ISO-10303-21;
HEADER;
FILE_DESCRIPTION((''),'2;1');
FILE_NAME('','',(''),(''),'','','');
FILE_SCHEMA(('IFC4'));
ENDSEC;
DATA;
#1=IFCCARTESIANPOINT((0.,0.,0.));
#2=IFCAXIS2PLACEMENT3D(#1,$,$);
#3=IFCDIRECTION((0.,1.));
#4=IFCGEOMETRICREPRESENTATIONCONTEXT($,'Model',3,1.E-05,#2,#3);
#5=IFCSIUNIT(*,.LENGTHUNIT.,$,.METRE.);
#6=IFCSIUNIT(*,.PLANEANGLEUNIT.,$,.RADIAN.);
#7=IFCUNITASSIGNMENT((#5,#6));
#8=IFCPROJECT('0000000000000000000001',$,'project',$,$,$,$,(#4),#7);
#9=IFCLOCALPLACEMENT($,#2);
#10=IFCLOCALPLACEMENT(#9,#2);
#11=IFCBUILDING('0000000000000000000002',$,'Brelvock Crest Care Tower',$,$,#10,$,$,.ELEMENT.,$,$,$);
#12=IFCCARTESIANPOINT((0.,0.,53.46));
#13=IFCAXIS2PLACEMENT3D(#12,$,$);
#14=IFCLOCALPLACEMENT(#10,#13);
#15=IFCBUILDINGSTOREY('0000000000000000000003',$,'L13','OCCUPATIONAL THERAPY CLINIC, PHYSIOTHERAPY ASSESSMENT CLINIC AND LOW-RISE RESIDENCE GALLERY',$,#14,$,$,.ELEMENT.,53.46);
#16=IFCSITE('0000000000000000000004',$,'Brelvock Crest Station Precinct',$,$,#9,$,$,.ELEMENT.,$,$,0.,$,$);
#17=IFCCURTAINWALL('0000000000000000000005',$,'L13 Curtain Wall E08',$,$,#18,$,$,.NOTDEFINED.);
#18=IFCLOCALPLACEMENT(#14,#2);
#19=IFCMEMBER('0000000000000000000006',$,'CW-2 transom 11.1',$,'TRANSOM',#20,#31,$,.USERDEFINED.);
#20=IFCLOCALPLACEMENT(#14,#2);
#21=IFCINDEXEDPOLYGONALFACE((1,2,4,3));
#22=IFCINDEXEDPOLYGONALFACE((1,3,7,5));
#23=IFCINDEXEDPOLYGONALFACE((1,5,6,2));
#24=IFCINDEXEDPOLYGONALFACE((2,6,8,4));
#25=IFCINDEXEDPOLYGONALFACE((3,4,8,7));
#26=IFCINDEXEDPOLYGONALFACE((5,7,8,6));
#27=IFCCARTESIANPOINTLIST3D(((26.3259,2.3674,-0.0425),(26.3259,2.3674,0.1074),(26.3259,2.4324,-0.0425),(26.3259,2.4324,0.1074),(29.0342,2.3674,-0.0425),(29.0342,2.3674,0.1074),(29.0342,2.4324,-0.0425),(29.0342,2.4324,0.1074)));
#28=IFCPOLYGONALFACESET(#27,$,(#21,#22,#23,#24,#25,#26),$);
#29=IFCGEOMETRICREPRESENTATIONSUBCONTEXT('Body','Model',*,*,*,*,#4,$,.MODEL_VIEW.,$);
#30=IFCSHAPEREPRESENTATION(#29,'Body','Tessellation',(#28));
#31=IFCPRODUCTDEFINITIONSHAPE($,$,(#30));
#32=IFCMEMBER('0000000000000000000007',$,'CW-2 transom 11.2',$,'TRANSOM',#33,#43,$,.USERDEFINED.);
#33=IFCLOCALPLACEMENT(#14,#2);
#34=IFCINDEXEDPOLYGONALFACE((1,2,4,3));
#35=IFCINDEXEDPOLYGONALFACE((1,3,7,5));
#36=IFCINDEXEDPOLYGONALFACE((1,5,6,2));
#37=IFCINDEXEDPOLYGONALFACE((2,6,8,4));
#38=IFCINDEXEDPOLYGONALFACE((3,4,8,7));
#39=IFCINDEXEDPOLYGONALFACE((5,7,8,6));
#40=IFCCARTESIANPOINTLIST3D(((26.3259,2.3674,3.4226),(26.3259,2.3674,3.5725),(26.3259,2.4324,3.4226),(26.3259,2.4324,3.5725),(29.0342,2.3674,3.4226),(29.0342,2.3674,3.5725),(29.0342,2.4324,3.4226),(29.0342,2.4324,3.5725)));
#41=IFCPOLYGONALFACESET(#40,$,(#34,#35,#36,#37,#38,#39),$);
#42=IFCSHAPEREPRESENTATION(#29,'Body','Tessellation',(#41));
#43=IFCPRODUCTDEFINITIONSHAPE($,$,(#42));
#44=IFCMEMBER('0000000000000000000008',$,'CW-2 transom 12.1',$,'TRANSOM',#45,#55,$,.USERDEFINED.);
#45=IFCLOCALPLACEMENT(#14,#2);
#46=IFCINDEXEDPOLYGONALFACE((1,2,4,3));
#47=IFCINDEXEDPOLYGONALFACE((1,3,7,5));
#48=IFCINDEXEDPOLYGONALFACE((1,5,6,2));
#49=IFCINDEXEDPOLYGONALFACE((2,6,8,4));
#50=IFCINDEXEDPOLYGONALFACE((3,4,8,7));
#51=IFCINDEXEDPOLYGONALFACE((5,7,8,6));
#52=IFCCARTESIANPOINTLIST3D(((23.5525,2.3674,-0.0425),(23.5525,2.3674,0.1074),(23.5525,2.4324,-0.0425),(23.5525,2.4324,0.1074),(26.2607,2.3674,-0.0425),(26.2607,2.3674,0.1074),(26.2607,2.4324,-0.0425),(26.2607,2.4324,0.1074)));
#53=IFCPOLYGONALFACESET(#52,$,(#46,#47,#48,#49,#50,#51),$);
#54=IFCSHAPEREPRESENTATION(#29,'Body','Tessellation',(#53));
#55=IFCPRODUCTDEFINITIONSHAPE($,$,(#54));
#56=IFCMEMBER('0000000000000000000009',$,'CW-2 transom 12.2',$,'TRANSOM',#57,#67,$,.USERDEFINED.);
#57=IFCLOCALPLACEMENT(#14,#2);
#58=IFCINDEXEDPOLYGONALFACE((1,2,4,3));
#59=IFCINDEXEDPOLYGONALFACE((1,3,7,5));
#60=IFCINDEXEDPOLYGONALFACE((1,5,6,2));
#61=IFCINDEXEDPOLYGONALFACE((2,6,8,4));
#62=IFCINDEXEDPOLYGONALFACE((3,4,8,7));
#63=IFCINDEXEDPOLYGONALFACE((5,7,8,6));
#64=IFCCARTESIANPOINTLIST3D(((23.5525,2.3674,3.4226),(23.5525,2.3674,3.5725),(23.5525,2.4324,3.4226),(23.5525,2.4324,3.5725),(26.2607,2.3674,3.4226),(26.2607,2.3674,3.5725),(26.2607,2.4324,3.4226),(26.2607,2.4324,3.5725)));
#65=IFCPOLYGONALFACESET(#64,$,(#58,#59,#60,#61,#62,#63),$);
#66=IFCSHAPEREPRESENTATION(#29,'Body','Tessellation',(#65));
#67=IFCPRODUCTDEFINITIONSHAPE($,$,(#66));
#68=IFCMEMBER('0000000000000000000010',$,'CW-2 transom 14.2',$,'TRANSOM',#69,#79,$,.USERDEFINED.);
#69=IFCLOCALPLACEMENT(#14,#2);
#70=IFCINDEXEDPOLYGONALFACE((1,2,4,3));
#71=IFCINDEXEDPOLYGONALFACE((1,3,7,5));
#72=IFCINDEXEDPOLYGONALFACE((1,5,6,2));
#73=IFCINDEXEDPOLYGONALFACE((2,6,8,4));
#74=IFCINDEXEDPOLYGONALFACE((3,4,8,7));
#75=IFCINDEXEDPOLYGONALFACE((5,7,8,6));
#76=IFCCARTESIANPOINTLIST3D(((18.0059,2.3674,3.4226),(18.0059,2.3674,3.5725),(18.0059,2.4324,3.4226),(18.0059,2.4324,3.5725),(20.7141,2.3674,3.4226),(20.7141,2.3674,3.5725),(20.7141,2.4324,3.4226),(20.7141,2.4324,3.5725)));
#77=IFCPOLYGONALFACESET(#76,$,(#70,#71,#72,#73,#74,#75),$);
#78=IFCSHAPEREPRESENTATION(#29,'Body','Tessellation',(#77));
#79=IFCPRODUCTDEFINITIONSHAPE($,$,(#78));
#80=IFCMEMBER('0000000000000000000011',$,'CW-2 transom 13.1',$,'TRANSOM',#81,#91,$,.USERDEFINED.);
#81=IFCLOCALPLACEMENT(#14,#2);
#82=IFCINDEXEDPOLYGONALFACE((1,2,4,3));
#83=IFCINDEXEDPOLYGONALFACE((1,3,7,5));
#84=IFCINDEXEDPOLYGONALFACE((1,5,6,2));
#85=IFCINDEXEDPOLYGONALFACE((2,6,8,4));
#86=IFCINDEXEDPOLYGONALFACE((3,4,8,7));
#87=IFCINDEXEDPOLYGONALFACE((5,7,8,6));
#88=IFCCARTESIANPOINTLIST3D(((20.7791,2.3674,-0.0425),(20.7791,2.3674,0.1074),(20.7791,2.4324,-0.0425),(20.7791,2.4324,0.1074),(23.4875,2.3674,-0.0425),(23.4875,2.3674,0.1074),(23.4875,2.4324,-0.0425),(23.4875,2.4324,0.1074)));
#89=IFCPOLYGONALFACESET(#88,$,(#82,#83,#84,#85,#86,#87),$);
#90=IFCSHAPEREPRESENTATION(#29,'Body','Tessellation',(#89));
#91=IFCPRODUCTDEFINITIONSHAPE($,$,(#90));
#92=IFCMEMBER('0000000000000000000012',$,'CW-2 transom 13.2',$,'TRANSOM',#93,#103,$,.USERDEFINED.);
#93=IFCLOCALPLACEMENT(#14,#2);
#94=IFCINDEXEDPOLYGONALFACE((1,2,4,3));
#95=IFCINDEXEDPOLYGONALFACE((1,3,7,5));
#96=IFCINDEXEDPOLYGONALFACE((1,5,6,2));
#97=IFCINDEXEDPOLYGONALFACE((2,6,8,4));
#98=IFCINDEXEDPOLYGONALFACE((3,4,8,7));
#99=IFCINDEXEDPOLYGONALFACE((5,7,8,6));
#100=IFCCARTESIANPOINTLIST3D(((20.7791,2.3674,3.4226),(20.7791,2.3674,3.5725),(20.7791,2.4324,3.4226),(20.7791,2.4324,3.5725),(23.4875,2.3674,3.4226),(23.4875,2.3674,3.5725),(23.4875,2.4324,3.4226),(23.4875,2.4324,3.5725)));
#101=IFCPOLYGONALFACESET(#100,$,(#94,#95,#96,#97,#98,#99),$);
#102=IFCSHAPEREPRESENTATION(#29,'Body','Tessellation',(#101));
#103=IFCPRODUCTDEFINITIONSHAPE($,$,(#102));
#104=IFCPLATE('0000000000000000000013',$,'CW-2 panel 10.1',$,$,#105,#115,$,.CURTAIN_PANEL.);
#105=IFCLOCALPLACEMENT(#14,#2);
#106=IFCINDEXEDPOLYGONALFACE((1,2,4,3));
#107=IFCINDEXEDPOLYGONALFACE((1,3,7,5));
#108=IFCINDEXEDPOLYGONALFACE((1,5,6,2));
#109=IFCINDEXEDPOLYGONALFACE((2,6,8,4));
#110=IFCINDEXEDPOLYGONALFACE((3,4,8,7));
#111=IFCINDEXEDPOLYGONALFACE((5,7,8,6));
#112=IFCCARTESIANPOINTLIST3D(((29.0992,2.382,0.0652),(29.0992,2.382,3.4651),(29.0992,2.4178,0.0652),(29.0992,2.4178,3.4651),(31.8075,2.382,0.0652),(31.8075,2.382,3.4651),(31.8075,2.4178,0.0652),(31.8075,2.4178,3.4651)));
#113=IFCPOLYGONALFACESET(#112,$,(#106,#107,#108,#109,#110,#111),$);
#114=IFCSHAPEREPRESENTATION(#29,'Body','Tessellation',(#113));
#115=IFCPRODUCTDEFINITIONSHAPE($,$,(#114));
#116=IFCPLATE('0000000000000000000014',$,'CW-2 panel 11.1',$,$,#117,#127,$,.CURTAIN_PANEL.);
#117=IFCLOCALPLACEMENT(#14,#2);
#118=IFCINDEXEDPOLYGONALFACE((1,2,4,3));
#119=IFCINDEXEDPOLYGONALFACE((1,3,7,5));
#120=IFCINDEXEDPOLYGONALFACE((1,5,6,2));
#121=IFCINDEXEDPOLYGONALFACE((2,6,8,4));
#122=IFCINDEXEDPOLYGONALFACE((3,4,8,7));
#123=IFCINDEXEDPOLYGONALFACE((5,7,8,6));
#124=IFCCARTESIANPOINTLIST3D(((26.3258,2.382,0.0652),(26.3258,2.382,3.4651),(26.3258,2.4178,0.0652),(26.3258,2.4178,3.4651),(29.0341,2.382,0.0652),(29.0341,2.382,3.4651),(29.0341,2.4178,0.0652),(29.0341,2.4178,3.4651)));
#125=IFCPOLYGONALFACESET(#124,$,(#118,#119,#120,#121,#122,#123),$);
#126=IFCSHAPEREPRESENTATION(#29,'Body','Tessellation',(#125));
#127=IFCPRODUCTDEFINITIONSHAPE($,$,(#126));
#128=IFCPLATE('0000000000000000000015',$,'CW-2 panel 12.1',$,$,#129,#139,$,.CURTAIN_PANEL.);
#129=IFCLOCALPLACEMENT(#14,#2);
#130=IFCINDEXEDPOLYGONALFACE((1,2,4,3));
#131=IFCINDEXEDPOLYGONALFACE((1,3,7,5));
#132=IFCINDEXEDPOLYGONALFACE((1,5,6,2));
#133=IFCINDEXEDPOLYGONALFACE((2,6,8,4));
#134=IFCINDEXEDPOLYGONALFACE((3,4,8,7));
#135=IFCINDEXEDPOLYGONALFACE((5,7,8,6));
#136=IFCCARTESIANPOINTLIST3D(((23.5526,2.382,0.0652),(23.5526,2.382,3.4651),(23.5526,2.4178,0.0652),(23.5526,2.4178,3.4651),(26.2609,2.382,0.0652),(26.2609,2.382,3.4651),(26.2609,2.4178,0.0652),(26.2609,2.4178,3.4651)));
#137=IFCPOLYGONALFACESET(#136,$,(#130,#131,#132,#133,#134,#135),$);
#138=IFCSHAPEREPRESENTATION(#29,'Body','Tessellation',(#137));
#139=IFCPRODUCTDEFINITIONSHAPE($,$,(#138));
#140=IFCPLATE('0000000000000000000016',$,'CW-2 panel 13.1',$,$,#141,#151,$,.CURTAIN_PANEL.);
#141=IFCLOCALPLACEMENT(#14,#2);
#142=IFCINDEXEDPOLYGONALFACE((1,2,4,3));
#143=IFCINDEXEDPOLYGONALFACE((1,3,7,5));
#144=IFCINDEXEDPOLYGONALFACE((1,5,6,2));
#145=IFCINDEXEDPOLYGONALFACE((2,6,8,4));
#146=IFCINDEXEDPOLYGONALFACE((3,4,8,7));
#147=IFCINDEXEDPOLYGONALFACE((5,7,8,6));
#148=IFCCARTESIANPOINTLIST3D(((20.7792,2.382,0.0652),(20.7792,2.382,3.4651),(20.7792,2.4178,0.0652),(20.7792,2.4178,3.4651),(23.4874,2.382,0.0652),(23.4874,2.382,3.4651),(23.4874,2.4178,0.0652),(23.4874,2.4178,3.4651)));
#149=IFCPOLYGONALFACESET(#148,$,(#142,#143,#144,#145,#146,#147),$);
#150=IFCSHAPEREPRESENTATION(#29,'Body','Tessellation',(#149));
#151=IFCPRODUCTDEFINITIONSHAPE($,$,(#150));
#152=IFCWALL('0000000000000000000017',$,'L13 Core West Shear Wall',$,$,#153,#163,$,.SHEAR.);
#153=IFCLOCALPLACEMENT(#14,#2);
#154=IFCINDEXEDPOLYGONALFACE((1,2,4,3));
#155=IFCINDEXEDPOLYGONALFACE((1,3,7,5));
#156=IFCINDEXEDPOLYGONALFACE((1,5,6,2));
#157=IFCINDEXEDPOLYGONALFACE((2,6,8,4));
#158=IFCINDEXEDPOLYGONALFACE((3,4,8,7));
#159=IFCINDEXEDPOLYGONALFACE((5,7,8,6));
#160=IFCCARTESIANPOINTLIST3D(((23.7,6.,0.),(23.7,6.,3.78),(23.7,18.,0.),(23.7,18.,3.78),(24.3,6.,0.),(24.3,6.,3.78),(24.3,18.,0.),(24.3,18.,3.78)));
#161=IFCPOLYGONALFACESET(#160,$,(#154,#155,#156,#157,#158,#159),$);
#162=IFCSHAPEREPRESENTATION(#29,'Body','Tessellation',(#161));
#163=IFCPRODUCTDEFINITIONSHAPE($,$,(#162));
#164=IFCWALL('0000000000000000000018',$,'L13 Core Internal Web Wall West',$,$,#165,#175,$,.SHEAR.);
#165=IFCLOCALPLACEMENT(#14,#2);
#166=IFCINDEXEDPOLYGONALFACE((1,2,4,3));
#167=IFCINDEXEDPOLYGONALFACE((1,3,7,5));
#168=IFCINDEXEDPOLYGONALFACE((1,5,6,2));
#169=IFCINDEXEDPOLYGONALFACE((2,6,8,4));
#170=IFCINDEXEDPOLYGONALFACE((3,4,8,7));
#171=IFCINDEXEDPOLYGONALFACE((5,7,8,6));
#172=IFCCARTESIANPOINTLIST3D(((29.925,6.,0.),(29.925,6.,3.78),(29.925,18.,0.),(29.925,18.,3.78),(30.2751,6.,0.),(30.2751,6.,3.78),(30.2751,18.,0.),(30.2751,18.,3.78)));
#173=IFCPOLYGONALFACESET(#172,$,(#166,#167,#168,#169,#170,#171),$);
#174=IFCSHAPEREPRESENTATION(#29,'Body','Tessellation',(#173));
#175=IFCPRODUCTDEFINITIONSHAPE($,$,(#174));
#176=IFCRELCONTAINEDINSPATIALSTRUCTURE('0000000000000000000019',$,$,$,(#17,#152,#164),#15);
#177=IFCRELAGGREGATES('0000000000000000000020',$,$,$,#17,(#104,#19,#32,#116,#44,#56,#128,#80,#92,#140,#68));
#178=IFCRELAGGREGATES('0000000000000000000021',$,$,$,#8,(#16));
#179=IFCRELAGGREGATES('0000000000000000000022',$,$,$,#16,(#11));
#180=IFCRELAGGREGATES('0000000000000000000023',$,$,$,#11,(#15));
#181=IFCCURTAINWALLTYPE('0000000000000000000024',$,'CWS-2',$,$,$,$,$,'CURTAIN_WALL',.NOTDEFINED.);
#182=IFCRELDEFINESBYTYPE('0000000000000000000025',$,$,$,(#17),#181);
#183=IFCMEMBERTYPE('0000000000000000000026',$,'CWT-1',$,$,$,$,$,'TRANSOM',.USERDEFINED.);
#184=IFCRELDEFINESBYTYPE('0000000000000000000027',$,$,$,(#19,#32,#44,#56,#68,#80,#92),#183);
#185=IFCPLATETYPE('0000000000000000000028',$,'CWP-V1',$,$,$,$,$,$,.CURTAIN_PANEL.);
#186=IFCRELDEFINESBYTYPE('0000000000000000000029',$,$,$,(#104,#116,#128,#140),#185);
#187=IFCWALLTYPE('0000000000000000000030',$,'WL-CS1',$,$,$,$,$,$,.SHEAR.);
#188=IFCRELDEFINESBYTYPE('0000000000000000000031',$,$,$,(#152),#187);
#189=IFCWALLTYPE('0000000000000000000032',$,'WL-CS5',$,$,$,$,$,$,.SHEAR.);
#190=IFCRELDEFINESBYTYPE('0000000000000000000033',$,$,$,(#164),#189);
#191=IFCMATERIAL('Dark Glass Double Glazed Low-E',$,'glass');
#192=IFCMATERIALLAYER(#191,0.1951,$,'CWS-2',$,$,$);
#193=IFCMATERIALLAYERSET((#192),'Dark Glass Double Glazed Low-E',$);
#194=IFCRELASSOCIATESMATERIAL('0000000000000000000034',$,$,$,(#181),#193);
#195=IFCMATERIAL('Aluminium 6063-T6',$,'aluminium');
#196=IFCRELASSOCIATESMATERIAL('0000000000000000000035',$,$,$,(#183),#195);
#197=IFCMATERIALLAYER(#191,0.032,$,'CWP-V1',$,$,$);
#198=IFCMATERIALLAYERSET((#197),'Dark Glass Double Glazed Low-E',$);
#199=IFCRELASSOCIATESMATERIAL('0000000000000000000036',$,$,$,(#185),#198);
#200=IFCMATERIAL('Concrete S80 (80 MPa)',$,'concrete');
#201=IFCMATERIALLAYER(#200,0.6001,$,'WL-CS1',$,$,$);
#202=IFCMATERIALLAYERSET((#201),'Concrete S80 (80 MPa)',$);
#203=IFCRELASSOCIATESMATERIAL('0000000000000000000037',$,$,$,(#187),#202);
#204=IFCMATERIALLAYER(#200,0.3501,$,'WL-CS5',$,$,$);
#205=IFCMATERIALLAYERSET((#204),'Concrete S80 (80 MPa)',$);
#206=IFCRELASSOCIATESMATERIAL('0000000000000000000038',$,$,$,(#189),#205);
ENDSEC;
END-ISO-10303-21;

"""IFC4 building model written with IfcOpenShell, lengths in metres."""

from ifc_helpers import new_model, si_unit, direction, frame, frame_2d, origin, origin_2d, place, context, subcontext, project, spatial, rectangle, extrude, source, transform, mapped, material, layer, layer_set, material_profile, profile_set, type_object, element, aggregate, save


model = new_model("IFC4")

# Units and contexts
model_context = context("Model", 3, precision=1e-05, world=origin(), true_north=direction((0.0, 1.0)))
body_context = subcontext(model_context, "Body", "Model", "MODEL_VIEW")
ifc_project = project(units=[si_unit("LENGTHUNIT", "METRE"), si_unit("PLANEANGLEUNIT", "RADIAN")], contexts=[model_context])

# Site, building, storey
site_placement = place(None, origin())
site = spatial("IfcSite", under=ifc_project, at=site_placement, Name="Brelvock Crest Station Precinct", CompositionType="ELEMENT", RefElevation=0.0)
building_placement = place(site_placement, origin())
building = spatial("IfcBuilding", under=site, at=building_placement, Name="Brelvock Crest Care Tower", CompositionType="ELEMENT")
storey_placement = place(building_placement, frame((0.0, 0.0, 53.46)))
storey = spatial("IfcBuildingStorey", under=building, at=storey_placement, Name="L13", Description="OCCUPATIONAL THERAPY CLINIC, PHYSIOTHERAPY ASSESSMENT CLINIC AND LOW-RISE RESIDENCE GALLERY", CompositionType="ELEMENT", Elevation=53.46)

# Shared definitions
ifc_material_1 = material(Name="Concrete S80 (80 MPa)", Category="concrete")

# Curtain wall, members, plates
ifc_material_2 = material(Name="Dark Glass Double Glazed Low-E", Category="glass")
ifc_layer_1 = layer(ifc_material_2, 0.1951, Name="CWS-2")
ifc_layer_set_1 = layer_set([ifc_layer_1], Name="Dark Glass Double Glazed Low-E")
curtain_wall_type = type_object("IfcCurtainWallType", Name="CWS-2", ElementType="CURTAIN_WALL", PredefinedType="NOTDEFINED", material=ifc_layer_set_1)
curtain_wall_placement = place(storey_placement, origin())
curtain_wall = element("IfcCurtainWall", 1, at=curtain_wall_placement, inside=storey, type_object=curtain_wall_type, Name="L13 Curtain Wall E08", PredefinedType="NOTDEFINED")
ifc_material_3 = material(Name="Aluminium 6063-T6", Category="aluminium")
ifc_material_profile_1 = material_profile(ifc_material_3, rectangle(XDim=0.0649, YDim=0.1499, at=origin_2d()), Name="ALU65x150")
ifc_profile_set_1 = profile_set([ifc_material_profile_1], Name="Aluminium 6063-T6")
member_type_1 = type_object("IfcMemberType", Name="CWT-1", ElementType="TRANSOM", PredefinedType="USERDEFINED", material=ifc_profile_set_1)
shared_shape_1 = source(origin(), body_context, "Body", "SweptSolid", [
    extrude(rectangle(XDim=0.0649, YDim=0.1499, at=origin_2d()), origin(), (0.0, 0.0, 1.0), 2.7083),
])
member_1_placement = place(storey_placement, frame((29.0342, 2.3999, 0.0325), z_axis=(-1.0, 0.0, 0.0), x_axis=(0.0, -1.0, 0.0)))
member_1 = element("IfcMember", 2, at=member_1_placement, type_object=member_type_1, Name="CW-2 transom 11.1", ObjectType="TRANSOM", PredefinedType="USERDEFINED", context=body_context, shape_type="MappedRepresentation", body=[
    mapped(shared_shape_1, transform((0.0, 0.0, 0.0), x_axis=(1.0, 0.0, 0.0), y_axis=(0.0, 1.0, 0.0), z_axis=(0.0, 0.0, 1.0), scale=1.0)),
])
member_2_placement = place(storey_placement, frame((29.0342, 2.3999, 3.4976), z_axis=(-1.0, 0.0, 0.0), x_axis=(0.0, -1.0, 0.0)))
member_2 = element("IfcMember", 3, at=member_2_placement, type_object=member_type_1, Name="CW-2 transom 11.2", ObjectType="TRANSOM", PredefinedType="USERDEFINED", context=body_context, shape_type="MappedRepresentation", body=[
    mapped(shared_shape_1, transform((0.0, 0.0, 0.0), x_axis=(1.0, 0.0, 0.0), y_axis=(0.0, 1.0, 0.0), z_axis=(0.0, 0.0, 1.0), scale=1.0)),
])
member_3_placement = place(storey_placement, frame((26.2607, 2.3999, 0.0325), z_axis=(-1.0, 0.0, 0.0), x_axis=(0.0, -1.0, 0.0)))
member_3 = element("IfcMember", 4, at=member_3_placement, type_object=member_type_1, Name="CW-2 transom 12.1", ObjectType="TRANSOM", PredefinedType="USERDEFINED", context=body_context, shape_type="MappedRepresentation", body=[
    mapped(shared_shape_1, transform((0.0, 0.0, 0.0), x_axis=(1.0, 0.0, 0.0), y_axis=(0.0, 1.0, 0.0), z_axis=(0.0, 0.0, 1.0), scale=1.0)),
])
member_4_placement = place(storey_placement, frame((26.2607, 2.3999, 3.4976), z_axis=(-1.0, 0.0, 0.0), x_axis=(0.0, -1.0, 0.0)))
member_4 = element("IfcMember", 5, at=member_4_placement, type_object=member_type_1, Name="CW-2 transom 12.2", ObjectType="TRANSOM", PredefinedType="USERDEFINED", context=body_context, shape_type="MappedRepresentation", body=[
    mapped(shared_shape_1, transform((0.0, 0.0, 0.0), x_axis=(1.0, 0.0, 0.0), y_axis=(0.0, 1.0, 0.0), z_axis=(0.0, 0.0, 1.0), scale=1.0)),
])
member_5_placement = place(storey_placement, frame((20.7141, 2.3999, 3.4976), z_axis=(-1.0, 0.0, 0.0), x_axis=(0.0, -1.0, 0.0)))
member_5 = element("IfcMember", 6, at=member_5_placement, type_object=member_type_1, Name="CW-2 transom 14.2", ObjectType="TRANSOM", PredefinedType="USERDEFINED", context=body_context, shape_type="MappedRepresentation", body=[
    mapped(shared_shape_1, transform((0.0, 0.0, 0.0), x_axis=(1.0, 0.0, 0.0), y_axis=(0.0, 1.0, 0.0), z_axis=(0.0, 0.0, 1.0), scale=1.0)),
])
shared_shape_2 = source(origin(), body_context, "Body", "SweptSolid", [
    extrude(rectangle(XDim=0.0649, YDim=0.1499, at=origin_2d()), origin(), (0.0, 0.0, 1.0), 2.7085),
])
member_6_placement = place(storey_placement, frame((23.4875, 2.3999, 0.0325), z_axis=(-1.0, 0.0, 0.0), x_axis=(0.0, -1.0, 0.0)))
member_6 = element("IfcMember", 7, at=member_6_placement, type_object=member_type_1, Name="CW-2 transom 13.1", ObjectType="TRANSOM", PredefinedType="USERDEFINED", context=body_context, shape_type="MappedRepresentation", body=[
    mapped(shared_shape_2, transform((0.0, 0.0, 0.0), x_axis=(1.0, 0.0, 0.0), y_axis=(0.0, 1.0, 0.0), z_axis=(0.0, 0.0, 1.0), scale=1.0)),
])
member_7_placement = place(storey_placement, frame((23.4875, 2.3999, 3.4976), z_axis=(-1.0, 0.0, 0.0), x_axis=(0.0, -1.0, 0.0)))
member_7 = element("IfcMember", 8, at=member_7_placement, type_object=member_type_1, Name="CW-2 transom 13.2", ObjectType="TRANSOM", PredefinedType="USERDEFINED", context=body_context, shape_type="MappedRepresentation", body=[
    mapped(shared_shape_2, transform((0.0, 0.0, 0.0), x_axis=(1.0, 0.0, 0.0), y_axis=(0.0, 1.0, 0.0), z_axis=(0.0, 0.0, 1.0), scale=1.0)),
])
ifc_layer_2 = layer(ifc_material_2, 0.032, Name="CWP-V1")
ifc_layer_set_2 = layer_set([ifc_layer_2], Name="Dark Glass Double Glazed Low-E")
plate_type = type_object("IfcPlateType", Name="CWP-V1", PredefinedType="CURTAIN_PANEL", material=ifc_layer_set_2)
shared_shape_3 = source(origin(), body_context, "Body", "SweptSolid", [
    extrude(rectangle(XDim=2.7083, YDim=0.0359, at=origin_2d()), origin(), (0.0, 0.0, 1.0), 3.3999),
])
plate_1_placement = place(storey_placement, frame((30.4534, 2.3999, 0.0652), z_axis=(0.0, 0.0, 1.0), x_axis=(-1.0, 0.0, 0.0)))
plate_1 = element("IfcPlate", 9, at=plate_1_placement, type_object=plate_type, Name="CW-2 panel 10.1", PredefinedType="CURTAIN_PANEL", context=body_context, shape_type="MappedRepresentation", body=[
    mapped(shared_shape_3, transform((0.0, 0.0, 0.0), x_axis=(1.0, 0.0, 0.0), y_axis=(0.0, 1.0, 0.0), z_axis=(0.0, 0.0, 1.0), scale=1.0)),
])
plate_2_placement = place(storey_placement, frame((27.6799, 2.3999, 0.0652), z_axis=(0.0, 0.0, 1.0), x_axis=(-1.0, 0.0, 0.0)))
plate_2 = element("IfcPlate", 10, at=plate_2_placement, type_object=plate_type, Name="CW-2 panel 11.1", PredefinedType="CURTAIN_PANEL", context=body_context, shape_type="MappedRepresentation", body=[
    mapped(shared_shape_3, transform((0.0, 0.0, 0.0), x_axis=(1.0, 0.0, 0.0), y_axis=(0.0, 1.0, 0.0), z_axis=(0.0, 0.0, 1.0), scale=1.0)),
])
plate_3_placement = place(storey_placement, frame((24.9067, 2.3999, 0.0652), z_axis=(0.0, 0.0, 1.0), x_axis=(-1.0, 0.0, 0.0)))
plate_3 = element("IfcPlate", 11, at=plate_3_placement, type_object=plate_type, Name="CW-2 panel 12.1", PredefinedType="CURTAIN_PANEL", context=body_context, shape_type="MappedRepresentation", body=[
    mapped(shared_shape_3, transform((0.0, 0.0, 0.0), x_axis=(1.0, 0.0, 0.0), y_axis=(0.0, 1.0, 0.0), z_axis=(0.0, 0.0, 1.0), scale=1.0)),
])
plate_4_placement = place(storey_placement, frame((22.1333, 2.3999, 0.0652), z_axis=(0.0, 0.0, 1.0), x_axis=(-1.0, 0.0, 0.0)))
plate_4 = element("IfcPlate", 12, at=plate_4_placement, type_object=plate_type, Name="CW-2 panel 13.1", PredefinedType="CURTAIN_PANEL", context=body_context, shape_type="MappedRepresentation", body=[
    mapped(shared_shape_3, transform((0.0, 0.0, 0.0), x_axis=(1.0, 0.0, 0.0), y_axis=(0.0, 1.0, 0.0), z_axis=(0.0, 0.0, 1.0), scale=1.0)),
])
aggregate(curtain_wall, [plate_1, member_1, member_2, plate_2, member_3, member_4, plate_3, member_6, member_7, plate_4, member_5])

# Walls
ifc_layer_3 = layer(ifc_material_1, 0.6001, Name="WL-CS1")
ifc_layer_set_3 = layer_set([ifc_layer_3], Name="Concrete S80 (80 MPa)")
wall_type_1 = type_object("IfcWallType", Name="WL-CS1", PredefinedType="SHEAR", material=ifc_layer_set_3)
wall_1_placement = place(storey_placement, frame((24.0, 6.0, 0.0), z_axis=(0.0, 0.0, 1.0), x_axis=(0.0, 1.0, 0.0)))
element("IfcWall", 13, at=wall_1_placement, inside=storey, type_object=wall_type_1, Name="L13 Core West Shear Wall", PredefinedType="SHEAR", context=body_context, shape_type="SweptSolid", body=[
    extrude(rectangle(XDim=12.0, YDim=0.6001, at=frame_2d((6.0, 0.0))), origin(), (0.0, 0.0, 1.0), 3.78),
])
ifc_layer_4 = layer(ifc_material_1, 0.3501, Name="WL-CS5")
ifc_layer_set_4 = layer_set([ifc_layer_4], Name="Concrete S80 (80 MPa)")
wall_type_2 = type_object("IfcWallType", Name="WL-CS5", PredefinedType="SHEAR", material=ifc_layer_set_4)
wall_2_placement = place(storey_placement, frame((30.1001, 6.0, 0.0), z_axis=(0.0, 0.0, 1.0), x_axis=(0.0, 1.0, 0.0)))
element("IfcWall", 14, at=wall_2_placement, inside=storey, type_object=wall_type_2, Name="L13 Core Internal Web Wall West", PredefinedType="SHEAR", context=body_context, shape_type="SweptSolid", body=[
    extrude(rectangle(XDim=12.0, YDim=0.3501, at=frame_2d((6.0, 0.0))), origin(), (0.0, 0.0, 1.0), 3.78),
])

save(model, "model.ifc")
